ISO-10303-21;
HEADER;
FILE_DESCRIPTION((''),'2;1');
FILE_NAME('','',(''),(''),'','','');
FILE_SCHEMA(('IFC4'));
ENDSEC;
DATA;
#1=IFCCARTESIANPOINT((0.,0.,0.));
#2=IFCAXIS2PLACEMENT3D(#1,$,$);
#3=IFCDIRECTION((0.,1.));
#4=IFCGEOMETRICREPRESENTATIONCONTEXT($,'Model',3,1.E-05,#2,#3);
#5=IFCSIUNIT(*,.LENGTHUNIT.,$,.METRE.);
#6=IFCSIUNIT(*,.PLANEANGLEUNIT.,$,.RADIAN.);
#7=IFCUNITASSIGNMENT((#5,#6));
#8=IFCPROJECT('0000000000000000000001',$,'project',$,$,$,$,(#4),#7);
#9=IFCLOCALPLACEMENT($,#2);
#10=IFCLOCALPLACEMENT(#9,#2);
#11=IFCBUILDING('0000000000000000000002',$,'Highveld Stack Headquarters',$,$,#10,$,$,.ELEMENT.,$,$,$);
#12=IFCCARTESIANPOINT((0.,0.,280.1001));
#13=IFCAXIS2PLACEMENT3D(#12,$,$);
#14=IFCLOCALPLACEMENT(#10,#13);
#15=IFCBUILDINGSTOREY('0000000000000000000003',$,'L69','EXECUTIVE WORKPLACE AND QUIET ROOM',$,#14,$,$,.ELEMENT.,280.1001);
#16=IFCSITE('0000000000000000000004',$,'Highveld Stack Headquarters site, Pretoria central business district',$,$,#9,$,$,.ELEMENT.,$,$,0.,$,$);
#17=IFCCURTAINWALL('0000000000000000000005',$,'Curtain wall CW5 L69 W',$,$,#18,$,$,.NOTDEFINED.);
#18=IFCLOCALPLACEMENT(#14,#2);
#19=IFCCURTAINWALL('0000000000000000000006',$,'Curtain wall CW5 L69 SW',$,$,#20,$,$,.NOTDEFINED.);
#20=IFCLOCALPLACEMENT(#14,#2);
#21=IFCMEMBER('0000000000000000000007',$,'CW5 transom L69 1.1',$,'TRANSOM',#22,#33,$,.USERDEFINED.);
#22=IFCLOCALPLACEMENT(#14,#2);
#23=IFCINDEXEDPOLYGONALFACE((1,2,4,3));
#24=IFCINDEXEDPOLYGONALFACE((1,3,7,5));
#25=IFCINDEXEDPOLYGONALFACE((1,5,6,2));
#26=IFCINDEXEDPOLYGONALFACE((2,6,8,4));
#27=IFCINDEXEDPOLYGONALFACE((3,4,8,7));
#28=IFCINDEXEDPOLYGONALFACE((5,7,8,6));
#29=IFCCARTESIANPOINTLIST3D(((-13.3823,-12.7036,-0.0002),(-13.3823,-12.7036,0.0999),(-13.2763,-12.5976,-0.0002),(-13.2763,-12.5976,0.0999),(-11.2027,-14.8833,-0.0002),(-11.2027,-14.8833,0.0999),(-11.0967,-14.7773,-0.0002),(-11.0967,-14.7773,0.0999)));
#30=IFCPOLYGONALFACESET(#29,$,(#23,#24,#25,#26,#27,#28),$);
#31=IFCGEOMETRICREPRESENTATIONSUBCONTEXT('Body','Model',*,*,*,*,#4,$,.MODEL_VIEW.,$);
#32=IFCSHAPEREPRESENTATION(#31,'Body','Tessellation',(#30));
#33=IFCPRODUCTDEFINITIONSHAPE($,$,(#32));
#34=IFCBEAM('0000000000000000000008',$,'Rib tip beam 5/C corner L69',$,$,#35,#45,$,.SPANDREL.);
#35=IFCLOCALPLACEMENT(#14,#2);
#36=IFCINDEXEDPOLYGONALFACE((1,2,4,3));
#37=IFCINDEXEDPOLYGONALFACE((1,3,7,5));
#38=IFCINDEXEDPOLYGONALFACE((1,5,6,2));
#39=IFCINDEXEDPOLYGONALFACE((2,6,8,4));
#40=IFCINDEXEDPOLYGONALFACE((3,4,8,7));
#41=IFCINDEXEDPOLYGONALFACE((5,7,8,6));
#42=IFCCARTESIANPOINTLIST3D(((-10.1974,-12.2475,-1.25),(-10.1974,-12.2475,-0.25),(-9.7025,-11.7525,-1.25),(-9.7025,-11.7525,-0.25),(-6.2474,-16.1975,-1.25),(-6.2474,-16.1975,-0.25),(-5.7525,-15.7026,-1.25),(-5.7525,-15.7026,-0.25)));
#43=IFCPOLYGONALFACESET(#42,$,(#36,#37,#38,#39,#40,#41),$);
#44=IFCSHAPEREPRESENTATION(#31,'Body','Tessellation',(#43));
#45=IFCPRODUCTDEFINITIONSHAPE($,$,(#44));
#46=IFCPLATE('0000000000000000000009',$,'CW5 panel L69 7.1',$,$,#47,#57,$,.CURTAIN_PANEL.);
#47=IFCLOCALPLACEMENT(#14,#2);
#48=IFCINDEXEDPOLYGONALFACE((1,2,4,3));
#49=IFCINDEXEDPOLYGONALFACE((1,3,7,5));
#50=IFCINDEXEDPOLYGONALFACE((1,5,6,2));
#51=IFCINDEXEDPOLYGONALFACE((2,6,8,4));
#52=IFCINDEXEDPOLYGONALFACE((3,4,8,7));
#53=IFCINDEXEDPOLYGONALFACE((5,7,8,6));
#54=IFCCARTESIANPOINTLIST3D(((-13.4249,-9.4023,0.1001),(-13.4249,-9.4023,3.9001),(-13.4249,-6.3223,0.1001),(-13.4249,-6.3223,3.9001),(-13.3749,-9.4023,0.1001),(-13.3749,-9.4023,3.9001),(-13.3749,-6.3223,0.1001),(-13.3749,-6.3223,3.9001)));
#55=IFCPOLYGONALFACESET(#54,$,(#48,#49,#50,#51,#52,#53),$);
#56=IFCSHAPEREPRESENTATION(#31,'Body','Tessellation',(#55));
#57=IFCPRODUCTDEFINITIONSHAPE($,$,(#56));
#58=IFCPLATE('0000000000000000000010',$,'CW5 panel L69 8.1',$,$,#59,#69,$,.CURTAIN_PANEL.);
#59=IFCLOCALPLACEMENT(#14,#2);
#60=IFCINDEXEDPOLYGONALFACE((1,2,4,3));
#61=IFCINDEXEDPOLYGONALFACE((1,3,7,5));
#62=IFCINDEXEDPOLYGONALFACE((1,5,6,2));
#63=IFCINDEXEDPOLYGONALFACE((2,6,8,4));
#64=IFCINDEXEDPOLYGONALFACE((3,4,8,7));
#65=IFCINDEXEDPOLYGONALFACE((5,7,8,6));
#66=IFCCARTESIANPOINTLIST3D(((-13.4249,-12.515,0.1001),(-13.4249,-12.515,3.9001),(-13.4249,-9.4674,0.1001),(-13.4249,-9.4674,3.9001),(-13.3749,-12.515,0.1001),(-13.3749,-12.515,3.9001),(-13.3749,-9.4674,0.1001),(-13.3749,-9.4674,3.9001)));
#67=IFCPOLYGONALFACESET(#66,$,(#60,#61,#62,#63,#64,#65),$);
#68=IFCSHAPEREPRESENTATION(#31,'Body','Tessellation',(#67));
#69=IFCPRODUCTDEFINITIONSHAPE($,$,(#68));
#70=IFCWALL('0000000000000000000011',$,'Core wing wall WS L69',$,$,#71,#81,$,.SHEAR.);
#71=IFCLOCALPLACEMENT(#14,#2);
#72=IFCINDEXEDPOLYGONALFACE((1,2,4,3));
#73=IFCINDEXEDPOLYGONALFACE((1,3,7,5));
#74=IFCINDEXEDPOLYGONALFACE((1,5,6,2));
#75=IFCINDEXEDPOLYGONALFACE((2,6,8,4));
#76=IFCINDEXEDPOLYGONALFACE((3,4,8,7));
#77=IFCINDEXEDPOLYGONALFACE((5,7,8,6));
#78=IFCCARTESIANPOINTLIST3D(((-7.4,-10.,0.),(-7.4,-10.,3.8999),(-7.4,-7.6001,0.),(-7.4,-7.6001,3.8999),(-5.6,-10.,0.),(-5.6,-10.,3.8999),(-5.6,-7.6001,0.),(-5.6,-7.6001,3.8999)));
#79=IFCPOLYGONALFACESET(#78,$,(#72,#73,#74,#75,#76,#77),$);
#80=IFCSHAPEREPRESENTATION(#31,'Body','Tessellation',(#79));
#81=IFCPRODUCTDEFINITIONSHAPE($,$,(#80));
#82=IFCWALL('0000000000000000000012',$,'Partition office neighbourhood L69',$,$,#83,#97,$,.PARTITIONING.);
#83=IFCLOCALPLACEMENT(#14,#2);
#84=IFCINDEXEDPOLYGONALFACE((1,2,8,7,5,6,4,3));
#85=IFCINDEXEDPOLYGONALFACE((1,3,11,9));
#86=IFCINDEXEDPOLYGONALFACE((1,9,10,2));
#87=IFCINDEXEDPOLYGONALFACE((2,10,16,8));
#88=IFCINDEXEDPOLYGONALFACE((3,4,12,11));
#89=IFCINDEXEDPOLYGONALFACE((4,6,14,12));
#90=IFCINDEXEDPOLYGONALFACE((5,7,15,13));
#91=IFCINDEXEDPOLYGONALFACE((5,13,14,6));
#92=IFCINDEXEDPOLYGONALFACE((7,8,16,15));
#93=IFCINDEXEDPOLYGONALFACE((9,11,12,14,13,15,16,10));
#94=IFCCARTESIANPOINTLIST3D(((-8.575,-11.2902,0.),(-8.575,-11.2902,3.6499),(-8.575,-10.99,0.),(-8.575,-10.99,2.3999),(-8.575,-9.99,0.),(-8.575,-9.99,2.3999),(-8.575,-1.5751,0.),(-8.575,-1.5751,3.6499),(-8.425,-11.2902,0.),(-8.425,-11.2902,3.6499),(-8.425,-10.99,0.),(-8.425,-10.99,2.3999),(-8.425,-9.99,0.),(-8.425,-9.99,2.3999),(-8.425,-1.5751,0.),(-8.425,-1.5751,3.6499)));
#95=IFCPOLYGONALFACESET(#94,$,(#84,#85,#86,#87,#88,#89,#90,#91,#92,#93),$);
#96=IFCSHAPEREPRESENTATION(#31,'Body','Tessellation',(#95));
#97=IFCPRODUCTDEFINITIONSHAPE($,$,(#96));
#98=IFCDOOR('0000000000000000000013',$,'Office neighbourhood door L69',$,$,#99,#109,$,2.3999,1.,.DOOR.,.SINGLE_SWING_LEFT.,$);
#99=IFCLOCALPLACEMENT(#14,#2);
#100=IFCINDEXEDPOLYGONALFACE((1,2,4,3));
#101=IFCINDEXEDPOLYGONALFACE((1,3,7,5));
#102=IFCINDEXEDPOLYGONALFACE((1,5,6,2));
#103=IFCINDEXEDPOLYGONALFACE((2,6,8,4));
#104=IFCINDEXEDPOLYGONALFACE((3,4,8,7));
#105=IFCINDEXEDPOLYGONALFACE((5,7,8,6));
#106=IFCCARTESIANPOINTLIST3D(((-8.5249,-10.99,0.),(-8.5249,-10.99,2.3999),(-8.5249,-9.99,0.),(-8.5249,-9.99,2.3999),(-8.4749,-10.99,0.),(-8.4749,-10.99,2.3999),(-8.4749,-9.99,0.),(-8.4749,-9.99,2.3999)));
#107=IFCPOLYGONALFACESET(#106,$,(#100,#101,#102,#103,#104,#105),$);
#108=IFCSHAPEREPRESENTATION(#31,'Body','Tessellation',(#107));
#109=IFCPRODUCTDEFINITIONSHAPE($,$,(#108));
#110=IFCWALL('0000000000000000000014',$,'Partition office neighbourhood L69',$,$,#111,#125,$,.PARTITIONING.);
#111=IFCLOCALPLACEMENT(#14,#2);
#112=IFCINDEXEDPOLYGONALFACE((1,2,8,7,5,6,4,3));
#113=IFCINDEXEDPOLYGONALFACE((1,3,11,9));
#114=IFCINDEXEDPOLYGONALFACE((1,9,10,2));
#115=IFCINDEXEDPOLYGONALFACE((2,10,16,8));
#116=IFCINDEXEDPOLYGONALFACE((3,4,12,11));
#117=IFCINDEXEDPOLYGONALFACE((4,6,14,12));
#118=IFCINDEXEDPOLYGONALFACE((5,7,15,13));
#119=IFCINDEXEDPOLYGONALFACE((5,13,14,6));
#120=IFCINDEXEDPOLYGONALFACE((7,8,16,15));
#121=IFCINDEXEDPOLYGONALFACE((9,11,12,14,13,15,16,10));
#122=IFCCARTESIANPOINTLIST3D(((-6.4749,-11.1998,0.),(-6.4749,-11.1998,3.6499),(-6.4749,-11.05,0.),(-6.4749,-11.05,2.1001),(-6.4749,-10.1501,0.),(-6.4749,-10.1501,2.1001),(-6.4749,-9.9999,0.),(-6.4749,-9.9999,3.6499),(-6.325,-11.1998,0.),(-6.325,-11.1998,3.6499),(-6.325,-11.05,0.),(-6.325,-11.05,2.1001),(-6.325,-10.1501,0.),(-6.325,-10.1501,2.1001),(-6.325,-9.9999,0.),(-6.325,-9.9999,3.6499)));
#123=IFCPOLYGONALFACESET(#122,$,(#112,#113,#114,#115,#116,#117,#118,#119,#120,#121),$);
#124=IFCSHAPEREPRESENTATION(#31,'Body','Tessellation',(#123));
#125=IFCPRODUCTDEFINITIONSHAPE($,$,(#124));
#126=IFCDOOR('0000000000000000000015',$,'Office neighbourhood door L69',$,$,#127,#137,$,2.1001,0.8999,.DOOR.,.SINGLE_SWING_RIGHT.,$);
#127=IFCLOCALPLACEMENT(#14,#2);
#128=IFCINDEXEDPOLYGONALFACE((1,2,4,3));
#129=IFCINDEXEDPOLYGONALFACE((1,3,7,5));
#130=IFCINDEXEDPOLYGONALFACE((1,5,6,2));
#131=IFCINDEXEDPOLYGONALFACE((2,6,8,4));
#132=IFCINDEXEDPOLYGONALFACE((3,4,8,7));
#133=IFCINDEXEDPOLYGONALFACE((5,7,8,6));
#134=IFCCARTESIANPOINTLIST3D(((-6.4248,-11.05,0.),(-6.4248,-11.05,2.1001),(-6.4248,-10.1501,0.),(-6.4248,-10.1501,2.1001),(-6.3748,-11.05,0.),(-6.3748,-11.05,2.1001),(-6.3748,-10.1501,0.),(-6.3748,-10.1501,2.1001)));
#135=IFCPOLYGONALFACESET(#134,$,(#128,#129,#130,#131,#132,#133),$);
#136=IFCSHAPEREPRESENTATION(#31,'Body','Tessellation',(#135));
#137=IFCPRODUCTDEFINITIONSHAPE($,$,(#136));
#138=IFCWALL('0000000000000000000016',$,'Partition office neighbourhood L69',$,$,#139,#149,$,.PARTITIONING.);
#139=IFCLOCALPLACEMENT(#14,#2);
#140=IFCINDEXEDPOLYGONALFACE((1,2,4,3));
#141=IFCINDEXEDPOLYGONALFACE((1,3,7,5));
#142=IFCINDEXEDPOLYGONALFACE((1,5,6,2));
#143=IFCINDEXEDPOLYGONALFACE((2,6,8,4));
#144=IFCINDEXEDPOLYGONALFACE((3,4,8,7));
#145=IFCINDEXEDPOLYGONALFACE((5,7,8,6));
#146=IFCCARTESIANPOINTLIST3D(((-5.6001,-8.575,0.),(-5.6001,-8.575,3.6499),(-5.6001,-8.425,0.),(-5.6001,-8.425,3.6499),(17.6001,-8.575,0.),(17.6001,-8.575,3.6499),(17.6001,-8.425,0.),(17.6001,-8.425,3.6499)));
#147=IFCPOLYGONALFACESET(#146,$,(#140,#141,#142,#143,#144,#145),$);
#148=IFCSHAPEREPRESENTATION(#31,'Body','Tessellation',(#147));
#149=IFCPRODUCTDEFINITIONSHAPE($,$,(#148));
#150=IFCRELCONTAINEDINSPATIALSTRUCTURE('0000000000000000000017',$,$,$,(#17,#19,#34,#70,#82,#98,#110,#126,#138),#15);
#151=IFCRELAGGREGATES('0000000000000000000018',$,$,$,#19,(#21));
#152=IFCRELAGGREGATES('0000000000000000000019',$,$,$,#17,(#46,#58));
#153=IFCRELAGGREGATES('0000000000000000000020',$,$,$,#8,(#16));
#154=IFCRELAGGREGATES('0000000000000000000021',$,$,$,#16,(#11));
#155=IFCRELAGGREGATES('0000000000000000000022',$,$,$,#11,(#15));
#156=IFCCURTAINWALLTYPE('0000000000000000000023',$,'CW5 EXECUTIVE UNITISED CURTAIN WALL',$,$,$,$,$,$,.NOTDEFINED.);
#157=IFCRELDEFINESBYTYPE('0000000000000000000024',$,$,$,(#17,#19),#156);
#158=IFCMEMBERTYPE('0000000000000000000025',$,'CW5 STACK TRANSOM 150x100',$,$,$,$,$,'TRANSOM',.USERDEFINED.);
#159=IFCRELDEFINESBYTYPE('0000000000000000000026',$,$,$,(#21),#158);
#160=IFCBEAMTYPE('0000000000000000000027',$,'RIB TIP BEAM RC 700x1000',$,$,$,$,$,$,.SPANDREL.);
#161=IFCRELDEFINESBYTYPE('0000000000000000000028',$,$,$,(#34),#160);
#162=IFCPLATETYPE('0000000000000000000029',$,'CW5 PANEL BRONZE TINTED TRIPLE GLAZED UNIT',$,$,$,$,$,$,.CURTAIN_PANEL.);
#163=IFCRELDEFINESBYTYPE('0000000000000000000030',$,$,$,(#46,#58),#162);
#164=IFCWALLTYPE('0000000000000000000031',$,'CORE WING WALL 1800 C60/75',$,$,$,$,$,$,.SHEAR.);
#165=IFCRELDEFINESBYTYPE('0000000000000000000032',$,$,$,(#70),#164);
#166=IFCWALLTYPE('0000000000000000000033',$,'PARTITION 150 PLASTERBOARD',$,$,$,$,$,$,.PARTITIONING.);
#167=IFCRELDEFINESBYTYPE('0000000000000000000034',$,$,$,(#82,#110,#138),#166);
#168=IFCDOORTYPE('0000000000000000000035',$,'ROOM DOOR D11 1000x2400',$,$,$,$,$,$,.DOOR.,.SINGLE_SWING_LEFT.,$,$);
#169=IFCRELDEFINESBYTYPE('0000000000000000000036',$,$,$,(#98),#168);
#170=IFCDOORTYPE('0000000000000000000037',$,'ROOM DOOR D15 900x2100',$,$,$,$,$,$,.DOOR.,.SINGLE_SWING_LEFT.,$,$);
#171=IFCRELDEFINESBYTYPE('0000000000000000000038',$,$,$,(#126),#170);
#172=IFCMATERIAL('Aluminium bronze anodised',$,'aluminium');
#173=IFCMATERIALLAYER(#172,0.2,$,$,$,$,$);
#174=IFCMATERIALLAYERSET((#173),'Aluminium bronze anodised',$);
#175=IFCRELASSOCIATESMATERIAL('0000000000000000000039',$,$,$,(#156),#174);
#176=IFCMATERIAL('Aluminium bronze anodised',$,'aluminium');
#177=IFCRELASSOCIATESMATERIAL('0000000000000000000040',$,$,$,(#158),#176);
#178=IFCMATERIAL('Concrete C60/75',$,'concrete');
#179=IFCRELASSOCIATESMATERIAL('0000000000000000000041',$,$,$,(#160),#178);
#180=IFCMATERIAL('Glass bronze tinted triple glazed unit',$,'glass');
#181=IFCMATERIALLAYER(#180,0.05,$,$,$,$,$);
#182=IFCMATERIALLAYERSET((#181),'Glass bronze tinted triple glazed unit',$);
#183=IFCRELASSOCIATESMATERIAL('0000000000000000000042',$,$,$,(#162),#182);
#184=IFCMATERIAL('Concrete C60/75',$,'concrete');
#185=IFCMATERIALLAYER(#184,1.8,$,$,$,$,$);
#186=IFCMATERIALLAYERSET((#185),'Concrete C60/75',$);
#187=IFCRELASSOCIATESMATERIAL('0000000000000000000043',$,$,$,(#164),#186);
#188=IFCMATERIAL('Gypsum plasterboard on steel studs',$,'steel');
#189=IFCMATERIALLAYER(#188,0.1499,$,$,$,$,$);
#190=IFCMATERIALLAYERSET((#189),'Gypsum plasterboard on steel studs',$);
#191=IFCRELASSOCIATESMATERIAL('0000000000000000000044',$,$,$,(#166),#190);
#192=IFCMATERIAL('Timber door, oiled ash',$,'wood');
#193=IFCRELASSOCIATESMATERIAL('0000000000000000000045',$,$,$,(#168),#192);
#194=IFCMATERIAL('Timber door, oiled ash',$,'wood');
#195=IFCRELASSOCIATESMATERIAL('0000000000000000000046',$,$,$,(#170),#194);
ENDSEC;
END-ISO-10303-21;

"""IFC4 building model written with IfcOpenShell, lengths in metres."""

from ifc_helpers import new_model, si_unit, direction, frame, frame_2d, origin, origin_2d, place, context, subcontext, project, spatial, rectangle, extrude, material, layer, layer_set, material_profile, profile_set, type_object, element, fill, aggregate, save


model = new_model("IFC4")

# Units and contexts
model_context = context("Model", 3, precision=1e-05, world=origin(), true_north=direction((0.0, 1.0)))
body_context = subcontext(model_context, "Body", "Model", "MODEL_VIEW")
ifc_project = project(units=[si_unit("LENGTHUNIT", "METRE"), si_unit("PLANEANGLEUNIT", "RADIAN")], contexts=[model_context])

# Site, building, storey
site_placement = place(None, origin())
site = spatial("IfcSite", under=ifc_project, at=site_placement, Name="Highveld Stack Headquarters site, Pretoria central business district", CompositionType="ELEMENT", RefElevation=0.0)
building_placement = place(site_placement, origin())
building = spatial("IfcBuilding", under=site, at=building_placement, Name="Highveld Stack Headquarters", CompositionType="ELEMENT")
storey_placement = place(building_placement, frame((0.0, 0.0, 280.1001)))
storey = spatial("IfcBuildingStorey", under=building, at=storey_placement, Name="L69", Description="EXECUTIVE WORKPLACE AND QUIET ROOM", CompositionType="ELEMENT", Elevation=280.1001)

# Curtain wall
ifc_material_1 = material(Name="Aluminium bronze anodised", Category="aluminium")
ifc_layer_1 = layer(ifc_material_1, 0.2)
ifc_layer_set_1 = layer_set([ifc_layer_1], Name="Aluminium bronze anodised")
curtain_wall_type = type_object("IfcCurtainWallType", Name="CW5 EXECUTIVE UNITISED CURTAIN WALL", PredefinedType="NOTDEFINED", material=ifc_layer_set_1)
curtain_wall_1_placement = place(storey_placement, origin())
curtain_wall_1 = element("IfcCurtainWall", 1, at=curtain_wall_1_placement, inside=storey, type_object=curtain_wall_type, Name="Curtain wall CW5 L69 W", PredefinedType="NOTDEFINED")
ifc_material_2 = material(Name="Aluminium bronze anodised", Category="aluminium")
ifc_material_profile_1 = material_profile(ifc_material_2, rectangle(XDim=0.1499, YDim=0.1001, at=origin_2d()), Name="CW5 TRANSOM 150x100")
ifc_profile_set_1 = profile_set([ifc_material_profile_1], Name="Aluminium bronze anodised")
member_type_1 = type_object("IfcMemberType", Name="CW5 STACK TRANSOM 150x100", ElementType="TRANSOM", PredefinedType="USERDEFINED", material=ifc_profile_set_1)

# Curtain wall, member
curtain_wall_2_placement = place(storey_placement, origin())
curtain_wall_2 = element("IfcCurtainWall", 2, at=curtain_wall_2_placement, inside=storey, type_object=curtain_wall_type, Name="Curtain wall CW5 L69 SW", PredefinedType="NOTDEFINED")
member_1_placement = place(storey_placement, frame((-13.3293, -12.6506, 0.0498), z_axis=(0.707107, -0.707107, 0.0), x_axis=(0.707107, 0.707107, 0.0)))
member_1 = element("IfcMember", 3, at=member_1_placement, type_object=member_type_1, Name="CW5 transom L69 1.1", ObjectType="TRANSOM", PredefinedType="USERDEFINED", context=body_context, shape_type="SweptSolid", body=[
    extrude(rectangle(XDim=0.1499, YDim=0.1001, at=origin_2d()), origin(), (0.0, 0.0, 1.0), 3.0825),
])
aggregate(curtain_wall_2, [member_1])

# Beam
ifc_material_3 = material(Name="Concrete C60/75", Category="concrete")
ifc_material_profile_2 = material_profile(ifc_material_3, rectangle(XDim=0.7, YDim=1.0, at=origin_2d()), Name="RC 700x1000")
ifc_profile_set_2 = profile_set([ifc_material_profile_2], Name="Concrete C60/75")
beam_type_1 = type_object("IfcBeamType", Name="RIB TIP BEAM RC 700x1000", PredefinedType="SPANDREL", material=ifc_profile_set_2)
beam_1_placement = place(storey_placement, frame((-9.95, -12.0, -0.75), z_axis=(0.707107, -0.707107, 0.0), x_axis=(0.707107, 0.707107, 0.0)))
element("IfcBeam", 4, at=beam_1_placement, inside=storey, type_object=beam_type_1, Name="Rib tip beam 5/C corner L69", PredefinedType="SPANDREL", context=body_context, shape_type="SweptSolid", body=[
    extrude(rectangle(XDim=0.7, YDim=1.0, at=origin_2d()), origin(), (0.0, 0.0, 1.0), 5.5862),
])

# Plates
ifc_material_4 = material(Name="Glass bronze tinted triple glazed unit", Category="glass")
ifc_layer_2 = layer(ifc_material_4, 0.05)
ifc_layer_set_2 = layer_set([ifc_layer_2], Name="Glass bronze tinted triple glazed unit")
plate_type = type_object("IfcPlateType", Name="CW5 PANEL BRONZE TINTED TRIPLE GLAZED UNIT", PredefinedType="CURTAIN_PANEL", material=ifc_layer_set_2)
plate_1_placement = place(storey_placement, frame((-13.3999, -7.8623, 0.1001), z_axis=(0.0, 0.0, 1.0), x_axis=(0.0, -1.0, 0.0)))
plate_1 = element("IfcPlate", 5, at=plate_1_placement, type_object=plate_type, Name="CW5 panel L69 7.1", PredefinedType="CURTAIN_PANEL", context=body_context, shape_type="SweptSolid", body=[
    extrude(rectangle(XDim=3.0801, YDim=0.05, at=origin_2d()), origin(), (0.0, 0.0, 1.0), 3.8),
])
plate_2_placement = place(storey_placement, frame((-13.3999, -10.9912, 0.1001), z_axis=(0.0, 0.0, 1.0), x_axis=(0.0, -1.0, 0.0)))
plate_2 = element("IfcPlate", 6, at=plate_2_placement, type_object=plate_type, Name="CW5 panel L69 8.1", PredefinedType="CURTAIN_PANEL", context=body_context, shape_type="SweptSolid", body=[
    extrude(rectangle(XDim=3.0476, YDim=0.05, at=origin_2d()), origin(), (0.0, 0.0, 1.0), 3.8),
])
aggregate(curtain_wall_1, [plate_1, plate_2])

# Wall
ifc_material_5 = material(Name="Concrete C60/75", Category="concrete")
ifc_layer_3 = layer(ifc_material_5, 1.8)
ifc_layer_set_3 = layer_set([ifc_layer_3], Name="Concrete C60/75")
wall_type_1 = type_object("IfcWallType", Name="CORE WING WALL 1800 C60/75", PredefinedType="SHEAR", material=ifc_layer_set_3)
wall_1_placement = place(storey_placement, frame((-6.5, -10.0, 0.0), z_axis=(0.0, 0.0, 1.0), x_axis=(0.0, 1.0, 0.0)))
element("IfcWall", 7, at=wall_1_placement, inside=storey, type_object=wall_type_1, Name="Core wing wall WS L69", PredefinedType="SHEAR", context=body_context, shape_type="SweptSolid", body=[
    extrude(rectangle(XDim=2.3999, YDim=1.8, at=frame_2d((1.2, 0.0))), origin(), (0.0, 0.0, 1.0), 3.8999),
])

# Walls, openings, doors
ifc_material_6 = material(Name="Gypsum plasterboard on steel studs", Category="steel")
ifc_layer_4 = layer(ifc_material_6, 0.1499)
ifc_layer_set_4 = layer_set([ifc_layer_4], Name="Gypsum plasterboard on steel studs")
wall_type_2 = type_object("IfcWallType", Name="PARTITION 150 PLASTERBOARD", PredefinedType="PARTITIONING", material=ifc_layer_set_4)
wall_2_placement = place(storey_placement, frame((-8.5, -11.29, 0.0), z_axis=(0.0, 0.0, 1.0), x_axis=(0.0, 1.0, 0.0)))
wall_2 = element("IfcWall", 8, at=wall_2_placement, inside=storey, type_object=wall_type_2, Name="Partition office neighbourhood L69", PredefinedType="PARTITIONING", context=body_context, shape_type="SweptSolid", body=[
    extrude(rectangle(XDim=9.7151, YDim=0.1499, at=frame_2d((4.8574, 0.0))), origin(), (0.0, 0.0, 1.0), 3.6499),
])
opening_1_placement = place(wall_2_placement, frame((0.3, 0.0, 0.0)))
opening_1 = element("IfcOpeningElement", 9, at=opening_1_placement, cuts=wall_2, PredefinedType="OPENING", context=body_context, shape_type="SweptSolid", body=[
    extrude(rectangle(XDim=1.0, YDim=2.3999, at=frame_2d((0.5, 1.2))), frame((0.0, 0.085, 0.0), z_axis=(0.0, -1.0, 0.0), x_axis=(1.0, 0.0, 0.0)), (0.0, 0.0, 1.0), 0.1699),
])
ifc_material_7 = material(Name="Timber door, oiled ash", Category="wood")
door_type_1 = type_object("IfcDoorType", Name="ROOM DOOR D11 1000x2400", OperationType="SINGLE_SWING_LEFT", PredefinedType="DOOR", material=ifc_material_7)
door_1_placement = place(opening_1_placement, origin())
door_1 = element("IfcDoor", 10, at=door_1_placement, inside=storey, type_object=door_type_1, Name="Office neighbourhood door L69", OperationType="SINGLE_SWING_LEFT", OverallHeight=2.3999, OverallWidth=1.0, PredefinedType="DOOR", context=body_context, shape_type="SweptSolid", body=[
    extrude(rectangle(XDim=1.0, YDim=2.3999, at=frame_2d((0.5, 1.2))), frame((0.0, 0.0249, 0.0), z_axis=(0.0, -1.0, 0.0), x_axis=(1.0, 0.0, 0.0)), (0.0, 0.0, 1.0), 0.05),
])
fill(opening_1, door_1)
wall_3_placement = place(storey_placement, frame((-6.3999, -11.2, 0.0), z_axis=(0.0, 0.0, 1.0), x_axis=(0.0, 1.0, 0.0)))
wall_3 = element("IfcWall", 11, at=wall_3_placement, inside=storey, type_object=wall_type_2, Name="Partition office neighbourhood L69", PredefinedType="PARTITIONING", context=body_context, shape_type="SweptSolid", body=[
    extrude(rectangle(XDim=1.2, YDim=0.1499, at=frame_2d((0.6001, 0.0))), origin(), (0.0, 0.0, 1.0), 3.6499),
])
opening_2_placement = place(wall_3_placement, frame((0.1499, 0.0, 0.0)))
opening_2 = element("IfcOpeningElement", 12, at=opening_2_placement, cuts=wall_3, PredefinedType="OPENING", context=body_context, shape_type="SweptSolid", body=[
    extrude(rectangle(XDim=0.8999, YDim=2.1001, at=frame_2d((0.45, 1.05))), frame((0.0, 0.085, 0.0), z_axis=(0.0, -1.0, 0.0), x_axis=(1.0, 0.0, 0.0)), (0.0, 0.0, 1.0), 0.1699),
])
ifc_material_8 = material(Name="Timber door, oiled ash", Category="wood")
door_type_2 = type_object("IfcDoorType", Name="ROOM DOOR D15 900x2100", OperationType="SINGLE_SWING_LEFT", PredefinedType="DOOR", material=ifc_material_8)
door_2_placement = place(opening_2_placement, origin())
door_2 = element("IfcDoor", 13, at=door_2_placement, inside=storey, type_object=door_type_2, Name="Office neighbourhood door L69", OperationType="SINGLE_SWING_RIGHT", OverallHeight=2.1001, OverallWidth=0.8999, PredefinedType="DOOR", context=body_context, shape_type="SweptSolid", body=[
    extrude(rectangle(XDim=0.8999, YDim=2.1001, at=frame_2d((0.45, 1.05))), frame((0.0, 0.0249, 0.0), z_axis=(0.0, -1.0, 0.0), x_axis=(1.0, 0.0, 0.0)), (0.0, 0.0, 1.0), 0.05),
])
fill(opening_2, door_2)

# Wall
wall_4_placement = place(storey_placement, frame((-5.6001, -8.5, 0.0), z_axis=(0.0, 0.0, 1.0), x_axis=(1.0, 0.0, 0.0)))
element("IfcWall", 14, at=wall_4_placement, inside=storey, type_object=wall_type_2, Name="Partition office neighbourhood L69", PredefinedType="PARTITIONING", context=body_context, shape_type="SweptSolid", body=[
    extrude(rectangle(XDim=23.2002, YDim=0.1499, at=frame_2d((11.6001, 0.0))), origin(), (0.0, 0.0, 1.0), 3.6499),
])

save(model, "model.ifc")
